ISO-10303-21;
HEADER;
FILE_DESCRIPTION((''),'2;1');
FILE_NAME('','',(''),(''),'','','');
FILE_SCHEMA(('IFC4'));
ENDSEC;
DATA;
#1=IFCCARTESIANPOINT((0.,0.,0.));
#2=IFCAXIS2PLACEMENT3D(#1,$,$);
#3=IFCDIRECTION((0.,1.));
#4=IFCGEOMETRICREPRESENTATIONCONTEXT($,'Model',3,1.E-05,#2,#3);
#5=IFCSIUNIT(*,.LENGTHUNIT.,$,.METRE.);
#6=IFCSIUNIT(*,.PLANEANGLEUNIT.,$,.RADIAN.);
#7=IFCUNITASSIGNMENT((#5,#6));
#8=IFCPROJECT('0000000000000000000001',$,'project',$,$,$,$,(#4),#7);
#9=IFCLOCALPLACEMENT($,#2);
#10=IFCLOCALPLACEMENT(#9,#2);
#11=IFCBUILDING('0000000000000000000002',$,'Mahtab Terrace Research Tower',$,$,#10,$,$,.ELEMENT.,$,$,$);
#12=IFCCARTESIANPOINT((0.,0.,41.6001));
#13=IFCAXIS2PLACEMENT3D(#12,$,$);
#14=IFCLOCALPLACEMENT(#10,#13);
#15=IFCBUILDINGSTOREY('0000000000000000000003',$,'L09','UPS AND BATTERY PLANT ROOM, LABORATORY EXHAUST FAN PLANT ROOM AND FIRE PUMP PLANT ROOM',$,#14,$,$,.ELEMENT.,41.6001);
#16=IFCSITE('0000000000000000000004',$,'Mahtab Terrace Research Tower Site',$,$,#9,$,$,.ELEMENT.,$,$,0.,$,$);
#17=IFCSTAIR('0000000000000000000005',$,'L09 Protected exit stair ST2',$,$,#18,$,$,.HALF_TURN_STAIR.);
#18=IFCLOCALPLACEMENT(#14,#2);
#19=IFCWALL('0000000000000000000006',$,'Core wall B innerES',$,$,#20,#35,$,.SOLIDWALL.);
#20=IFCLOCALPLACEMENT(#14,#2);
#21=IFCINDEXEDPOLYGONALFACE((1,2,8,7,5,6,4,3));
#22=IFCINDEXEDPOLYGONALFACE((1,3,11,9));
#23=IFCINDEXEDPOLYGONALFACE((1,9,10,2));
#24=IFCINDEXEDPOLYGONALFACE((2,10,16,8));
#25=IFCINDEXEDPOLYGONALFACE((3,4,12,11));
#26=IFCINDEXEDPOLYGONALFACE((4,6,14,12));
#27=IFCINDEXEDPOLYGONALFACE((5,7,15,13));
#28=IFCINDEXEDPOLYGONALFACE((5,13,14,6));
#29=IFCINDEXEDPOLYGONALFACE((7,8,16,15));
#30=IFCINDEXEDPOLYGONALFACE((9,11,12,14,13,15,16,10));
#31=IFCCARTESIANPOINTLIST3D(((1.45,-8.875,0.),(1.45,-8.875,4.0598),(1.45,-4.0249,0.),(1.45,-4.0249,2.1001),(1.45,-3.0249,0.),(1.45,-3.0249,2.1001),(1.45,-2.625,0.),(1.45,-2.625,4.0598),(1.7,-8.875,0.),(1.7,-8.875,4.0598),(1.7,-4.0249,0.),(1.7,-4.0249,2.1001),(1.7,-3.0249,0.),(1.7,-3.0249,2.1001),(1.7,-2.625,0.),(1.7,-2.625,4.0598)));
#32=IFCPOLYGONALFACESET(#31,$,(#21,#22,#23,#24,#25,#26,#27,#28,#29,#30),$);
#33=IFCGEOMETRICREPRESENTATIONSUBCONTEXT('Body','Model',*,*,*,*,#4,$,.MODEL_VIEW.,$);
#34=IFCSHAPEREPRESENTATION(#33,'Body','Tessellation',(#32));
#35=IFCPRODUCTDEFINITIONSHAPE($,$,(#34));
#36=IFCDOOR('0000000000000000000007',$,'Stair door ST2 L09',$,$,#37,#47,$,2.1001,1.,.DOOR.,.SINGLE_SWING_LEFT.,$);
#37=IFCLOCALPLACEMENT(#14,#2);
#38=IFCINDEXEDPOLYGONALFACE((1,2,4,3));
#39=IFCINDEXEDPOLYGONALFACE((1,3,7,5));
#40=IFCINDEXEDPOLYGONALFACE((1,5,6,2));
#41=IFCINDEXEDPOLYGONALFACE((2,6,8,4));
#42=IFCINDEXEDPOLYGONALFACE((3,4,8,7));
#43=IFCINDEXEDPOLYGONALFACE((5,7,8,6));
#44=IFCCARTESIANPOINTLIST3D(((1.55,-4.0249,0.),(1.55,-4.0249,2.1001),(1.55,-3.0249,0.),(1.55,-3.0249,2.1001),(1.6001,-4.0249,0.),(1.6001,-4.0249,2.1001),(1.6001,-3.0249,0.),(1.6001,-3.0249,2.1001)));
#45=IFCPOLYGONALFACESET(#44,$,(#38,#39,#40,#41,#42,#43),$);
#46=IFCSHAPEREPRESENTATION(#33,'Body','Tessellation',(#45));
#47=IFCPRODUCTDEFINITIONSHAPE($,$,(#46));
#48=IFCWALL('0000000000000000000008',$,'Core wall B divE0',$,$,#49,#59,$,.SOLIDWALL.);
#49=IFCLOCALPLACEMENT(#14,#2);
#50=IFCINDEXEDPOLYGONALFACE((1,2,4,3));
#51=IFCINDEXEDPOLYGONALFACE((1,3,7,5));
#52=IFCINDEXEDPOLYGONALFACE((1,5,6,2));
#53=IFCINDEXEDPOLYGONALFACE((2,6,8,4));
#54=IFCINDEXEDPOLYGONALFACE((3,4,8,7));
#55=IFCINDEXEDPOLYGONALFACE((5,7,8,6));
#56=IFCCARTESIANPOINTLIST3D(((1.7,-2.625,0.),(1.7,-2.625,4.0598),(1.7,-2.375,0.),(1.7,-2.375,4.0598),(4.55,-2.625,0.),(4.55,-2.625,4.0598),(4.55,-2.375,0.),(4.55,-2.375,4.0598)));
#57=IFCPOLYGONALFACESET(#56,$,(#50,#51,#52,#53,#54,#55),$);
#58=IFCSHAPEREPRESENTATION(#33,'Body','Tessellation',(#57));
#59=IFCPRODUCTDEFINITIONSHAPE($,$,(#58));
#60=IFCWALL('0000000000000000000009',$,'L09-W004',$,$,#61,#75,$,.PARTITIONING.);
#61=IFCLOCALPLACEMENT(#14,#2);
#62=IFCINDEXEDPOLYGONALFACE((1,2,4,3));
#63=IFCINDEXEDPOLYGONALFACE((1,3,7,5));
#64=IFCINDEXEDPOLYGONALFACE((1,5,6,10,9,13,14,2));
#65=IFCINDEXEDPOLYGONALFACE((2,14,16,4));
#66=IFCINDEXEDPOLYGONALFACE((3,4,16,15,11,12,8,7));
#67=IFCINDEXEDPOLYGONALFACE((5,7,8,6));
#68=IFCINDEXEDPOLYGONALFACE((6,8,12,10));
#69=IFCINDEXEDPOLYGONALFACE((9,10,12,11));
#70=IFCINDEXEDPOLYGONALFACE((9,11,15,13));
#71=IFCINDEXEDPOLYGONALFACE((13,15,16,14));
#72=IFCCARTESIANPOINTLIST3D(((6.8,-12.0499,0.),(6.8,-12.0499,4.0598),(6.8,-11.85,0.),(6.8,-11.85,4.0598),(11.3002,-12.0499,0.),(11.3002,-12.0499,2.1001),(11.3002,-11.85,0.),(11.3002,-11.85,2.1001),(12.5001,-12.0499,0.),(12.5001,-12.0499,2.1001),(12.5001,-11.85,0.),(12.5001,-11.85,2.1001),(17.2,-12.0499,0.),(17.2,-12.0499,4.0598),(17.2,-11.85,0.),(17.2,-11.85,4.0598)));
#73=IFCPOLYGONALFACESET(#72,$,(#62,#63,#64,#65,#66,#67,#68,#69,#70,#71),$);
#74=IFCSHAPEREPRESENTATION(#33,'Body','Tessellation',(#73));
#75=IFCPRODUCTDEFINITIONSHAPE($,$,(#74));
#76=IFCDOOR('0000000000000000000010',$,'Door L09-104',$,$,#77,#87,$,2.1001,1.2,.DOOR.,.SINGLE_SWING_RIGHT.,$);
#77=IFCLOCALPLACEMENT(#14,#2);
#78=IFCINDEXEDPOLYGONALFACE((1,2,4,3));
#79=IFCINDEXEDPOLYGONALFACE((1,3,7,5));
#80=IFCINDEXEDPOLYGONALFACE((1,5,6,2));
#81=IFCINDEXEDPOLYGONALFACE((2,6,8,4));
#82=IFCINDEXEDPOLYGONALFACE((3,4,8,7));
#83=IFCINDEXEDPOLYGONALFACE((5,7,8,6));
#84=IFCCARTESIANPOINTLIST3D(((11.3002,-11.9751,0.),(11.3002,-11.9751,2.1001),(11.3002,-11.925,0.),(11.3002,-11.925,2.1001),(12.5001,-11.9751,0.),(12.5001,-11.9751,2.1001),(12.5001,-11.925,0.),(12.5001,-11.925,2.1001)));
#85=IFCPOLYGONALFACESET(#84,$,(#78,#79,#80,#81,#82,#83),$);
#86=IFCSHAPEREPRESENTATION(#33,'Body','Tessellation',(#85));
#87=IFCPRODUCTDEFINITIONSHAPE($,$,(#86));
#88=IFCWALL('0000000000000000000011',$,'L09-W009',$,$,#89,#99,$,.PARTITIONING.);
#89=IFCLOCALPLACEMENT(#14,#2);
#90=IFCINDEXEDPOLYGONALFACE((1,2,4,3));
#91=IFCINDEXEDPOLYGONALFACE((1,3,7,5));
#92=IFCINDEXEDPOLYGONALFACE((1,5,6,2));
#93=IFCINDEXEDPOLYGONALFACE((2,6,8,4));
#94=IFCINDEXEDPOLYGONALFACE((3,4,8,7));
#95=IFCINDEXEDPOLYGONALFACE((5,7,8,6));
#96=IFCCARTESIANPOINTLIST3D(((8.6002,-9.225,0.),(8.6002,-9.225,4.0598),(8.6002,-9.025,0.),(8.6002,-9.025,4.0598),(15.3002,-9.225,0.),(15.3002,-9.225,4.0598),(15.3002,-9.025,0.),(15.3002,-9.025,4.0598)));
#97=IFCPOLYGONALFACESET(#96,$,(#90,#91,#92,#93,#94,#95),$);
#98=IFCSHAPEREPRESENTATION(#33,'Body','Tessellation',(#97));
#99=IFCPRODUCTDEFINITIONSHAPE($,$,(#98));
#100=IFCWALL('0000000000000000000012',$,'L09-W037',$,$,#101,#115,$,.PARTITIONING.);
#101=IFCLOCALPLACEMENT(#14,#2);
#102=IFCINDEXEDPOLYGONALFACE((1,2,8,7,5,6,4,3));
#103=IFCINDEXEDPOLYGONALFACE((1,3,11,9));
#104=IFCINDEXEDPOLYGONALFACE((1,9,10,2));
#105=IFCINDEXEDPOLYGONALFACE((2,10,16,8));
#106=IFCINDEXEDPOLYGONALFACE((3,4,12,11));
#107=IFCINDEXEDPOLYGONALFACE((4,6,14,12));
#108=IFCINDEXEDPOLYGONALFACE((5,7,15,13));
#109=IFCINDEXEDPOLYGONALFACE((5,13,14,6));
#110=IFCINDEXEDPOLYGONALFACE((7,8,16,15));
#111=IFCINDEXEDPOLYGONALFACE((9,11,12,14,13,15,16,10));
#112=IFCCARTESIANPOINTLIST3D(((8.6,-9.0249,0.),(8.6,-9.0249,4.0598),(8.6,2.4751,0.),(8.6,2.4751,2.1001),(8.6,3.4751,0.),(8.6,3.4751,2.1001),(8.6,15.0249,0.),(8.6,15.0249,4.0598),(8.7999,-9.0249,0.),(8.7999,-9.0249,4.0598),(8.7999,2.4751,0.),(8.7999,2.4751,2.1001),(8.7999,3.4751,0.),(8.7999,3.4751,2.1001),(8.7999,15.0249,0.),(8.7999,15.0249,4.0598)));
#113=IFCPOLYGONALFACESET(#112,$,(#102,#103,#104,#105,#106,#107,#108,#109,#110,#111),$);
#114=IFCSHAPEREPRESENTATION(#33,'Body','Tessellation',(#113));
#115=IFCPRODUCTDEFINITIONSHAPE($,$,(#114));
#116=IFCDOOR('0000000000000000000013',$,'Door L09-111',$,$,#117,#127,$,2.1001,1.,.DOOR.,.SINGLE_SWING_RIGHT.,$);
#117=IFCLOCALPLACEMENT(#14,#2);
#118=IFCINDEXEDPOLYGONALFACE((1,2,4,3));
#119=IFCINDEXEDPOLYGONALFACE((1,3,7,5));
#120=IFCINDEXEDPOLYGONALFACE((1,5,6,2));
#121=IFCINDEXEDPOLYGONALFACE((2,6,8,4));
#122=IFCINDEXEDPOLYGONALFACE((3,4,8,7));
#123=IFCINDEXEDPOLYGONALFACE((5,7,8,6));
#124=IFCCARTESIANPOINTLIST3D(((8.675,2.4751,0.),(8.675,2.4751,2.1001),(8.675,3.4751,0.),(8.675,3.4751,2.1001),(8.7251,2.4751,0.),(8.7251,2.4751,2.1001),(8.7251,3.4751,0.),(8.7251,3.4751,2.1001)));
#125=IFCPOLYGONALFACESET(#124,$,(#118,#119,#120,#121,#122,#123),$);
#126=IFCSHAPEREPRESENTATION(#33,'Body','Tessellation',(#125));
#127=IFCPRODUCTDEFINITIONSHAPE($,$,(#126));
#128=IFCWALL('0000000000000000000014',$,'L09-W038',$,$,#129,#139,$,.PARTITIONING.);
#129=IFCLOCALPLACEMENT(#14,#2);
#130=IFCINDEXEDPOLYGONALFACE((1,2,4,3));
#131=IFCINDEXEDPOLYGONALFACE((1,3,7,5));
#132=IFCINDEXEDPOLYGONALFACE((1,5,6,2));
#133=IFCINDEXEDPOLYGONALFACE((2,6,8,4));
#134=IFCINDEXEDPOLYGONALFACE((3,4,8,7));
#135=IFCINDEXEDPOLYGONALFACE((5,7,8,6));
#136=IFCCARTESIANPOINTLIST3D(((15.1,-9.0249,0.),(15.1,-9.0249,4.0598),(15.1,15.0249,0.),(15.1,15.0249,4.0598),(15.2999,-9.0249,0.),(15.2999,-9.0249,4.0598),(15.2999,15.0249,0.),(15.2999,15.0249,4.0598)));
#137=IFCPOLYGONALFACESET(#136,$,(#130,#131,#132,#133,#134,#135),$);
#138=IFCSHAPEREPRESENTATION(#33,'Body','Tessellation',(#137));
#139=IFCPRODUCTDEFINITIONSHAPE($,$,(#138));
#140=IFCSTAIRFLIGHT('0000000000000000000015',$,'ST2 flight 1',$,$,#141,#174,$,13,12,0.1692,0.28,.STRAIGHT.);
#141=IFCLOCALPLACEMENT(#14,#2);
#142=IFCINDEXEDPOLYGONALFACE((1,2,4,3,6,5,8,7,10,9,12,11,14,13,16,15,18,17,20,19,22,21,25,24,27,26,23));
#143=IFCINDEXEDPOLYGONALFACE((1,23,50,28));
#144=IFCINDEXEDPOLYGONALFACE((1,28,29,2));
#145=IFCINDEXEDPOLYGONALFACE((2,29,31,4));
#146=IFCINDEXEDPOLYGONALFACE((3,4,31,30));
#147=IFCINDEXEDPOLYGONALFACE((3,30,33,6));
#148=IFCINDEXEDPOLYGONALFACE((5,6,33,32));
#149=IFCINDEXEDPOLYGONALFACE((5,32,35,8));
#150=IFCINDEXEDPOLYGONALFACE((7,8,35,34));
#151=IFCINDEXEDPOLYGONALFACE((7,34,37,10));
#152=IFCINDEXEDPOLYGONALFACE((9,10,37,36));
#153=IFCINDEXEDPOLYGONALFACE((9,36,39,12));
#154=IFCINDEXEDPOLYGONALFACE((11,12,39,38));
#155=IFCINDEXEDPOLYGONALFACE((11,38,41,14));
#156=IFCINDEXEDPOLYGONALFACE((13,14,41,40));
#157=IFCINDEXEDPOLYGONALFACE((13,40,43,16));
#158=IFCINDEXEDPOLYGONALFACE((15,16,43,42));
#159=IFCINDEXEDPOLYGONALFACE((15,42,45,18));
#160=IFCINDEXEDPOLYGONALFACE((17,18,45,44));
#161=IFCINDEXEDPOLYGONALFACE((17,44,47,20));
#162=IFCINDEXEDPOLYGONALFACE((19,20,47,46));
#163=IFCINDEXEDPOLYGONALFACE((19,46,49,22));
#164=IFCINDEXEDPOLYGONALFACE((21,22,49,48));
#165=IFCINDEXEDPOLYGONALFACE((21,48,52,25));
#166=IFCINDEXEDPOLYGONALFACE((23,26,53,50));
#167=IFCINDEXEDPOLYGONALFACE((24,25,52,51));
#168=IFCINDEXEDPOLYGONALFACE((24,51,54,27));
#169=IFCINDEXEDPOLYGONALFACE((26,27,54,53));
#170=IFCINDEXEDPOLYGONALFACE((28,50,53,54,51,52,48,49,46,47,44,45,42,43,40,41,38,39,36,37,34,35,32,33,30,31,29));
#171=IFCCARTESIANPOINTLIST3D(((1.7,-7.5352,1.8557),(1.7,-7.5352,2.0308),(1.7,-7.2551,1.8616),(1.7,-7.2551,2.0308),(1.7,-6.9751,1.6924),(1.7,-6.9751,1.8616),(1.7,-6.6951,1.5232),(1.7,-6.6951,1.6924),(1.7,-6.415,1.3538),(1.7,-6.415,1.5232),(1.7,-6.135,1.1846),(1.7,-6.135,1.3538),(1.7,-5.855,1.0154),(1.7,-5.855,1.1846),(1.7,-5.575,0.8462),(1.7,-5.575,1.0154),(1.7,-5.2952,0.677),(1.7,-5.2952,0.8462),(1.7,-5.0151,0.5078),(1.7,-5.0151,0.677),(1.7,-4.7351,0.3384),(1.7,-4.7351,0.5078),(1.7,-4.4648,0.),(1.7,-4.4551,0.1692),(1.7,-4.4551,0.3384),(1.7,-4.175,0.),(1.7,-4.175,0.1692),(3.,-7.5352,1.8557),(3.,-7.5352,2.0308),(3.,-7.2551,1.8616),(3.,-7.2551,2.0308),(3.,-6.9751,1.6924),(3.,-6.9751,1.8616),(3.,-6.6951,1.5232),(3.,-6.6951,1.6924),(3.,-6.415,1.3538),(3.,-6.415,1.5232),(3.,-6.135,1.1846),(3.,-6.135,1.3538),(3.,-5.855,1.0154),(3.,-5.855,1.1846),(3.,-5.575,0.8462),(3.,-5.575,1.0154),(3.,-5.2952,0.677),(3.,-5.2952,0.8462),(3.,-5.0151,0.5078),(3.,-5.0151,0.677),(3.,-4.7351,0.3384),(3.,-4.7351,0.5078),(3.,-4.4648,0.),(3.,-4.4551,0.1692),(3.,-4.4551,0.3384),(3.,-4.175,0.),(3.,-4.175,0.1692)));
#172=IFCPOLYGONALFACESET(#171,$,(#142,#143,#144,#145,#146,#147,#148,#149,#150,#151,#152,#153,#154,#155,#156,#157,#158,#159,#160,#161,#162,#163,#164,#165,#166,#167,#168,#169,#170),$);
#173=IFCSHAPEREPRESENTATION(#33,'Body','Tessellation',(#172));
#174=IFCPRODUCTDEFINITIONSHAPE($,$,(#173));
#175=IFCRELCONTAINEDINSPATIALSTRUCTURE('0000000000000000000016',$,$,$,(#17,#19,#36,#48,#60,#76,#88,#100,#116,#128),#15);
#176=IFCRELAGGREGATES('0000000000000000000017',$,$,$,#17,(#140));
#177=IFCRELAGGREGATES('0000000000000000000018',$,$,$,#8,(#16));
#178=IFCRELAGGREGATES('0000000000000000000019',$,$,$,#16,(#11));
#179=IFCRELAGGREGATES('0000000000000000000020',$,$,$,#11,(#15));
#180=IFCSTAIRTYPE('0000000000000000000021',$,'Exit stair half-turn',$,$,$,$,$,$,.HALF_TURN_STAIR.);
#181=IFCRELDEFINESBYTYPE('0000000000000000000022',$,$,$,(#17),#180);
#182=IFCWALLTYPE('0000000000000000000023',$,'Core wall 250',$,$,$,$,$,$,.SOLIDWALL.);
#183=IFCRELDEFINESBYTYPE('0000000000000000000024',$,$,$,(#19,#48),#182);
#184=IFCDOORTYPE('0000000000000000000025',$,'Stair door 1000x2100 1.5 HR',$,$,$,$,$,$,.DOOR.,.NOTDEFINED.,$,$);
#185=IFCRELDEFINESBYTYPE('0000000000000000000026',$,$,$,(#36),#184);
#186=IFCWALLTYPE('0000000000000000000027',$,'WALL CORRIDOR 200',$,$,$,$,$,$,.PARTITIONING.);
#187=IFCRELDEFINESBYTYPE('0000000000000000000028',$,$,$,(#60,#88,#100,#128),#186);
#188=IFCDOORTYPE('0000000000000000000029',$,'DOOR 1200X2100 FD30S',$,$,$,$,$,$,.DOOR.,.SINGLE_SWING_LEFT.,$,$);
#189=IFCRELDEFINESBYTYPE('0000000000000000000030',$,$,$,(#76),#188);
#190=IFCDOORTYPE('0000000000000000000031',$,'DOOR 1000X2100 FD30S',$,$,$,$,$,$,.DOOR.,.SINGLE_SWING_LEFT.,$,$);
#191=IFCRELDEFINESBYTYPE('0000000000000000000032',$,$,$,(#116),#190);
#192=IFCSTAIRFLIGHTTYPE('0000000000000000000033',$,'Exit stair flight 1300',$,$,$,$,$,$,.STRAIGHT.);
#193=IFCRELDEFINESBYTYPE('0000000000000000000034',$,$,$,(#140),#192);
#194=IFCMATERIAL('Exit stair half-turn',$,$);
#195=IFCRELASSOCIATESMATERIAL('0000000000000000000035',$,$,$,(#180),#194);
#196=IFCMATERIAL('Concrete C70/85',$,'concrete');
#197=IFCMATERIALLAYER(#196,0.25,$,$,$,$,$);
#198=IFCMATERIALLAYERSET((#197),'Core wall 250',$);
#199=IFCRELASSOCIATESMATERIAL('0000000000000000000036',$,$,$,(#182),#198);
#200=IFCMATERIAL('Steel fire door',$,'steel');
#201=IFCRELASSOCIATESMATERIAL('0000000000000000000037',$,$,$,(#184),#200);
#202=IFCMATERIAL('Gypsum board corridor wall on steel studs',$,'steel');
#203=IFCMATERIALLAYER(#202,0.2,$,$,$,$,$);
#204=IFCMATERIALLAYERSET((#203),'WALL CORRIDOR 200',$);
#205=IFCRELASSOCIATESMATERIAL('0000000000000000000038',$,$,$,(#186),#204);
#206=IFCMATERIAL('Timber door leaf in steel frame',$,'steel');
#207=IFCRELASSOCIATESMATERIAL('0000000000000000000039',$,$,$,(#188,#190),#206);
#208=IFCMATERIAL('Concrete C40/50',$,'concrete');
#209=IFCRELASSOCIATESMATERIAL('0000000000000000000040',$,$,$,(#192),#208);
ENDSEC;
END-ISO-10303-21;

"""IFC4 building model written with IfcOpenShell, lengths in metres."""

from ifc_helpers import new_model, si_unit, direction, frame, frame_2d, origin, place, context, subcontext, project, spatial, polyline, rectangle, outline, extrude, material, layer, layer_set, type_object, element, fill, aggregate, save


model = new_model("IFC4")

# Units and contexts
model_context = context("Model", 3, precision=1e-05, world=origin(), true_north=direction((0.0, 1.0)))
body_context = subcontext(model_context, "Body", "Model", "MODEL_VIEW")
ifc_project = project(units=[si_unit("LENGTHUNIT", "METRE"), si_unit("PLANEANGLEUNIT", "RADIAN")], contexts=[model_context])

# Site, building, storey
site_placement = place(None, origin())
site = spatial("IfcSite", under=ifc_project, at=site_placement, Name="Mahtab Terrace Research Tower Site", CompositionType="ELEMENT", RefElevation=0.0)
building_placement = place(site_placement, origin())
building = spatial("IfcBuilding", under=site, at=building_placement, Name="Mahtab Terrace Research Tower", CompositionType="ELEMENT")
storey_placement = place(building_placement, frame((0.0, 0.0, 41.6001)))
storey = spatial("IfcBuildingStorey", under=building, at=storey_placement, Name="L09", Description="UPS AND BATTERY PLANT ROOM, LABORATORY EXHAUST FAN PLANT ROOM AND FIRE PUMP PLANT ROOM", CompositionType="ELEMENT", Elevation=41.6001)

# Shared definitions
ifc_material_1 = material(Name="Concrete C70/85", Category="concrete")

# Stair
ifc_material_2 = material(Name="Exit stair half-turn")
stair_type = type_object("IfcStairType", Name="Exit stair half-turn", PredefinedType="HALF_TURN_STAIR", material=ifc_material_2)
ifc_material_3 = material(Name="Concrete C40/50", Category="concrete")
stair_1_placement = place(storey_placement, origin())
stair_1 = element("IfcStair", 1, at=stair_1_placement, inside=storey, type_object=stair_type, Name="L09 Protected exit stair ST2", PredefinedType="HALF_TURN_STAIR")

# Shared definitions
ifc_layer_1 = layer(ifc_material_1, 0.25)
ifc_layer_set_1 = layer_set([ifc_layer_1], Name="Core wall 250")
wall_type_1 = type_object("IfcWallType", Name="Core wall 250", PredefinedType="SOLIDWALL", material=ifc_layer_set_1)

# Wall, opening, door
ifc_material_4 = material(Name="Steel fire door", Category="steel")
wall_1_placement = place(storey_placement, frame((1.575, -8.875, 0.0), z_axis=(0.0, 0.0, 1.0), x_axis=(0.0, 1.0, 0.0)))
wall_1 = element("IfcWall", 2, at=wall_1_placement, inside=storey, type_object=wall_type_1, Name="Core wall B innerES", PredefinedType="SOLIDWALL", context=body_context, shape_type="SweptSolid", body=[
    extrude(rectangle(XDim=6.25, YDim=0.25, at=frame_2d((3.125, 0.0))), origin(), (0.0, 0.0, 1.0), 4.0598),
])
opening_1_placement = place(wall_1_placement, frame((4.8501, 0.0, 0.0)))
opening_1 = element("IfcOpeningElement", 3, at=opening_1_placement, cuts=wall_1, PredefinedType="OPENING", context=body_context, shape_type="SweptSolid", body=[
    extrude(rectangle(XDim=1.0, YDim=2.1001, at=frame_2d((0.5, 1.05))), frame((0.0, 0.135, 0.0), z_axis=(0.0, -1.0, 0.0), x_axis=(1.0, 0.0, 0.0)), (0.0, 0.0, 1.0), 0.27),
])
door_type_1 = type_object("IfcDoorType", Name="Stair door 1000x2100 1.5 HR", OperationType="NOTDEFINED", PredefinedType="DOOR", material=ifc_material_4)
door_1_placement = place(opening_1_placement, origin())
door_1 = element("IfcDoor", 4, at=door_1_placement, inside=storey, type_object=door_type_1, Name="Stair door ST2 L09", OperationType="SINGLE_SWING_LEFT", OverallHeight=2.1001, OverallWidth=1.0, PredefinedType="DOOR", context=body_context, shape_type="SweptSolid", body=[
    extrude(rectangle(XDim=1.0, YDim=2.1001, at=frame_2d((0.5, 1.05))), frame((0.0, 0.0249, 0.0), z_axis=(0.0, -1.0, 0.0), x_axis=(1.0, 0.0, 0.0)), (0.0, 0.0, 1.0), 0.05),
])
fill(opening_1, door_1)

# Wall
wall_2_placement = place(storey_placement, frame((1.7, -2.5, 0.0), z_axis=(0.0, 0.0, 1.0), x_axis=(1.0, 0.0, 0.0)))
element("IfcWall", 5, at=wall_2_placement, inside=storey, type_object=wall_type_1, Name="Core wall B divE0", PredefinedType="SOLIDWALL", context=body_context, shape_type="SweptSolid", body=[
    extrude(rectangle(XDim=2.8501, YDim=0.25, at=frame_2d((1.425, 0.0))), origin(), (0.0, 0.0, 1.0), 4.0598),
])

# Wall, opening, door
ifc_material_5 = material(Name="Gypsum board corridor wall on steel studs", Category="steel")
ifc_layer_2 = layer(ifc_material_5, 0.2)
ifc_layer_set_2 = layer_set([ifc_layer_2], Name="WALL CORRIDOR 200")
wall_type_2 = type_object("IfcWallType", Name="WALL CORRIDOR 200", PredefinedType="PARTITIONING", material=ifc_layer_set_2)
wall_3_placement = place(storey_placement, frame((6.8, -11.95, 0.0), z_axis=(0.0, 0.0, 1.0), x_axis=(1.0, 0.0, 0.0)))
wall_3 = element("IfcWall", 6, at=wall_3_placement, inside=storey, type_object=wall_type_2, Name="L09-W004", PredefinedType="PARTITIONING", context=body_context, shape_type="SweptSolid", body=[
    extrude(rectangle(XDim=10.3999, YDim=0.2, at=frame_2d((5.2, 0.0))), origin(), (0.0, 0.0, 1.0), 4.0598),
])
opening_2_placement = place(wall_3_placement, frame((4.5, 0.0, 0.0)))
opening_2 = element("IfcOpeningElement", 7, at=opening_2_placement, cuts=wall_3, PredefinedType="OPENING", context=body_context, shape_type="SweptSolid", body=[
    extrude(rectangle(XDim=1.2, YDim=2.1001, at=frame_2d((0.6001, 1.05))), frame((0.0, 0.1099, 0.0), z_axis=(0.0, -1.0, 0.0), x_axis=(1.0, 0.0, 0.0)), (0.0, 0.0, 1.0), 0.22),
])
ifc_material_6 = material(Name="Timber door leaf in steel frame", Category="steel")
door_type_2 = type_object("IfcDoorType", Name="DOOR 1200X2100 FD30S", OperationType="SINGLE_SWING_LEFT", PredefinedType="DOOR", material=ifc_material_6)
door_2_placement = place(opening_2_placement, origin())
door_2 = element("IfcDoor", 8, at=door_2_placement, inside=storey, type_object=door_type_2, Name="Door L09-104", OperationType="SINGLE_SWING_RIGHT", OverallHeight=2.1001, OverallWidth=1.2, PredefinedType="DOOR", context=body_context, shape_type="SweptSolid", body=[
    extrude(rectangle(XDim=1.2, YDim=2.1001, at=frame_2d((0.6001, 1.05))), frame((0.0, 0.0249, 0.0), z_axis=(0.0, -1.0, 0.0), x_axis=(1.0, 0.0, 0.0)), (0.0, 0.0, 1.0), 0.05),
])
fill(opening_2, door_2)

# Wall
wall_4_placement = place(storey_placement, frame((8.6001, -9.125, 0.0), z_axis=(0.0, 0.0, 1.0), x_axis=(1.0, 0.0, 0.0)))
element("IfcWall", 9, at=wall_4_placement, inside=storey, type_object=wall_type_2, Name="L09-W009", PredefinedType="PARTITIONING", context=body_context, shape_type="SweptSolid", body=[
    extrude(rectangle(XDim=6.7, YDim=0.2, at=frame_2d((3.3501, 0.0))), origin(), (0.0, 0.0, 1.0), 4.0598),
])

# Wall, opening, door
wall_5_placement = place(storey_placement, frame((8.7, -9.0249, 0.0), z_axis=(0.0, 0.0, 1.0), x_axis=(0.0, 1.0, 0.0)))
wall_5 = element("IfcWall", 10, at=wall_5_placement, inside=storey, type_object=wall_type_2, Name="L09-W037", PredefinedType="PARTITIONING", context=body_context, shape_type="SweptSolid", body=[
    extrude(rectangle(XDim=24.0498, YDim=0.2, at=frame_2d((12.0249, 0.0))), origin(), (0.0, 0.0, 1.0), 4.0598),
])
opening_3_placement = place(wall_5_placement, frame((11.5, 0.0, 0.0)))
opening_3 = element("IfcOpeningElement", 11, at=opening_3_placement, cuts=wall_5, PredefinedType="OPENING", context=body_context, shape_type="SweptSolid", body=[
    extrude(rectangle(XDim=1.0, YDim=2.1001, at=frame_2d((0.5, 1.05))), frame((0.0, 0.1099, 0.0), z_axis=(0.0, -1.0, 0.0), x_axis=(1.0, 0.0, 0.0)), (0.0, 0.0, 1.0), 0.22),
])
door_type_3 = type_object("IfcDoorType", Name="DOOR 1000X2100 FD30S", OperationType="SINGLE_SWING_LEFT", PredefinedType="DOOR", material=ifc_material_6)
door_3_placement = place(opening_3_placement, origin())
door_3 = element("IfcDoor", 12, at=door_3_placement, inside=storey, type_object=door_type_3, Name="Door L09-111", OperationType="SINGLE_SWING_RIGHT", OverallHeight=2.1001, OverallWidth=1.0, PredefinedType="DOOR", context=body_context, shape_type="SweptSolid", body=[
    extrude(rectangle(XDim=1.0, YDim=2.1001, at=frame_2d((0.5, 1.05))), frame((0.0, 0.0249, 0.0), z_axis=(0.0, -1.0, 0.0), x_axis=(1.0, 0.0, 0.0)), (0.0, 0.0, 1.0), 0.05),
])
fill(opening_3, door_3)

# Wall
wall_6_placement = place(storey_placement, frame((15.2, -9.0249, 0.0), z_axis=(0.0, 0.0, 1.0), x_axis=(0.0, 1.0, 0.0)))
element("IfcWall", 13, at=wall_6_placement, inside=storey, type_object=wall_type_2, Name="L09-W038", PredefinedType="PARTITIONING", context=body_context, shape_type="SweptSolid", body=[
    extrude(rectangle(XDim=24.0498, YDim=0.2, at=frame_2d((12.0249, 0.0))), origin(), (0.0, 0.0, 1.0), 4.0598),
])

# Stair flight
stair_flight_type = type_object("IfcStairFlightType", Name="Exit stair flight 1300", PredefinedType="STRAIGHT", material=ifc_material_3)
stair_flight_1_placement = place(storey_placement, frame((2.3501, -4.175, 0.0), z_axis=(0.0, 0.0, 1.0), x_axis=(0.0, -1.0, 0.0)))
stair_flight_1 = element("IfcStairFlight", 14, at=stair_flight_1_placement, type_object=stair_flight_type, Name="ST2 flight 1", NumberOfRisers=13, NumberOfTreads=12, PredefinedType="STRAIGHT", RiserHeight=0.1692, TreadLength=0.28, context=body_context, shape_type="SweptSolid", body=[
    extrude(outline(polyline([(0.0, 0.0), (0.0, 0.1692), (0.28, 0.1692), (0.28, 0.3384), (0.5601, 0.3384), (0.5601, 0.5078), (0.8401, 0.5078), (0.8401, 0.677), (1.1201, 0.677), (1.1201, 0.8462), (1.3999, 0.8462), (1.3999, 1.0154), (1.6799, 1.0154), (1.6799, 1.1846), (1.96, 1.1846), (1.96, 1.3538), (2.24, 1.3538), (2.24, 1.5232), (2.52, 1.5232), (2.52, 1.6924), (2.8, 1.6924), (2.8, 1.8616), (3.0801, 1.8616), (3.0801, 2.0308), (3.3601, 2.0308), (3.3601, 2.2), (3.3601, 1.8557), (0.2898, 0.0), (0.0, 0.0)])), frame((0.0, 0.6499, 0.0), z_axis=(0.0, -1.0, 0.0), x_axis=(1.0, 0.0, 0.0)), (0.0, 0.0, 1.0), 1.3),
])
aggregate(stair_1, [stair_flight_1])

save(model, "model.ifc")
